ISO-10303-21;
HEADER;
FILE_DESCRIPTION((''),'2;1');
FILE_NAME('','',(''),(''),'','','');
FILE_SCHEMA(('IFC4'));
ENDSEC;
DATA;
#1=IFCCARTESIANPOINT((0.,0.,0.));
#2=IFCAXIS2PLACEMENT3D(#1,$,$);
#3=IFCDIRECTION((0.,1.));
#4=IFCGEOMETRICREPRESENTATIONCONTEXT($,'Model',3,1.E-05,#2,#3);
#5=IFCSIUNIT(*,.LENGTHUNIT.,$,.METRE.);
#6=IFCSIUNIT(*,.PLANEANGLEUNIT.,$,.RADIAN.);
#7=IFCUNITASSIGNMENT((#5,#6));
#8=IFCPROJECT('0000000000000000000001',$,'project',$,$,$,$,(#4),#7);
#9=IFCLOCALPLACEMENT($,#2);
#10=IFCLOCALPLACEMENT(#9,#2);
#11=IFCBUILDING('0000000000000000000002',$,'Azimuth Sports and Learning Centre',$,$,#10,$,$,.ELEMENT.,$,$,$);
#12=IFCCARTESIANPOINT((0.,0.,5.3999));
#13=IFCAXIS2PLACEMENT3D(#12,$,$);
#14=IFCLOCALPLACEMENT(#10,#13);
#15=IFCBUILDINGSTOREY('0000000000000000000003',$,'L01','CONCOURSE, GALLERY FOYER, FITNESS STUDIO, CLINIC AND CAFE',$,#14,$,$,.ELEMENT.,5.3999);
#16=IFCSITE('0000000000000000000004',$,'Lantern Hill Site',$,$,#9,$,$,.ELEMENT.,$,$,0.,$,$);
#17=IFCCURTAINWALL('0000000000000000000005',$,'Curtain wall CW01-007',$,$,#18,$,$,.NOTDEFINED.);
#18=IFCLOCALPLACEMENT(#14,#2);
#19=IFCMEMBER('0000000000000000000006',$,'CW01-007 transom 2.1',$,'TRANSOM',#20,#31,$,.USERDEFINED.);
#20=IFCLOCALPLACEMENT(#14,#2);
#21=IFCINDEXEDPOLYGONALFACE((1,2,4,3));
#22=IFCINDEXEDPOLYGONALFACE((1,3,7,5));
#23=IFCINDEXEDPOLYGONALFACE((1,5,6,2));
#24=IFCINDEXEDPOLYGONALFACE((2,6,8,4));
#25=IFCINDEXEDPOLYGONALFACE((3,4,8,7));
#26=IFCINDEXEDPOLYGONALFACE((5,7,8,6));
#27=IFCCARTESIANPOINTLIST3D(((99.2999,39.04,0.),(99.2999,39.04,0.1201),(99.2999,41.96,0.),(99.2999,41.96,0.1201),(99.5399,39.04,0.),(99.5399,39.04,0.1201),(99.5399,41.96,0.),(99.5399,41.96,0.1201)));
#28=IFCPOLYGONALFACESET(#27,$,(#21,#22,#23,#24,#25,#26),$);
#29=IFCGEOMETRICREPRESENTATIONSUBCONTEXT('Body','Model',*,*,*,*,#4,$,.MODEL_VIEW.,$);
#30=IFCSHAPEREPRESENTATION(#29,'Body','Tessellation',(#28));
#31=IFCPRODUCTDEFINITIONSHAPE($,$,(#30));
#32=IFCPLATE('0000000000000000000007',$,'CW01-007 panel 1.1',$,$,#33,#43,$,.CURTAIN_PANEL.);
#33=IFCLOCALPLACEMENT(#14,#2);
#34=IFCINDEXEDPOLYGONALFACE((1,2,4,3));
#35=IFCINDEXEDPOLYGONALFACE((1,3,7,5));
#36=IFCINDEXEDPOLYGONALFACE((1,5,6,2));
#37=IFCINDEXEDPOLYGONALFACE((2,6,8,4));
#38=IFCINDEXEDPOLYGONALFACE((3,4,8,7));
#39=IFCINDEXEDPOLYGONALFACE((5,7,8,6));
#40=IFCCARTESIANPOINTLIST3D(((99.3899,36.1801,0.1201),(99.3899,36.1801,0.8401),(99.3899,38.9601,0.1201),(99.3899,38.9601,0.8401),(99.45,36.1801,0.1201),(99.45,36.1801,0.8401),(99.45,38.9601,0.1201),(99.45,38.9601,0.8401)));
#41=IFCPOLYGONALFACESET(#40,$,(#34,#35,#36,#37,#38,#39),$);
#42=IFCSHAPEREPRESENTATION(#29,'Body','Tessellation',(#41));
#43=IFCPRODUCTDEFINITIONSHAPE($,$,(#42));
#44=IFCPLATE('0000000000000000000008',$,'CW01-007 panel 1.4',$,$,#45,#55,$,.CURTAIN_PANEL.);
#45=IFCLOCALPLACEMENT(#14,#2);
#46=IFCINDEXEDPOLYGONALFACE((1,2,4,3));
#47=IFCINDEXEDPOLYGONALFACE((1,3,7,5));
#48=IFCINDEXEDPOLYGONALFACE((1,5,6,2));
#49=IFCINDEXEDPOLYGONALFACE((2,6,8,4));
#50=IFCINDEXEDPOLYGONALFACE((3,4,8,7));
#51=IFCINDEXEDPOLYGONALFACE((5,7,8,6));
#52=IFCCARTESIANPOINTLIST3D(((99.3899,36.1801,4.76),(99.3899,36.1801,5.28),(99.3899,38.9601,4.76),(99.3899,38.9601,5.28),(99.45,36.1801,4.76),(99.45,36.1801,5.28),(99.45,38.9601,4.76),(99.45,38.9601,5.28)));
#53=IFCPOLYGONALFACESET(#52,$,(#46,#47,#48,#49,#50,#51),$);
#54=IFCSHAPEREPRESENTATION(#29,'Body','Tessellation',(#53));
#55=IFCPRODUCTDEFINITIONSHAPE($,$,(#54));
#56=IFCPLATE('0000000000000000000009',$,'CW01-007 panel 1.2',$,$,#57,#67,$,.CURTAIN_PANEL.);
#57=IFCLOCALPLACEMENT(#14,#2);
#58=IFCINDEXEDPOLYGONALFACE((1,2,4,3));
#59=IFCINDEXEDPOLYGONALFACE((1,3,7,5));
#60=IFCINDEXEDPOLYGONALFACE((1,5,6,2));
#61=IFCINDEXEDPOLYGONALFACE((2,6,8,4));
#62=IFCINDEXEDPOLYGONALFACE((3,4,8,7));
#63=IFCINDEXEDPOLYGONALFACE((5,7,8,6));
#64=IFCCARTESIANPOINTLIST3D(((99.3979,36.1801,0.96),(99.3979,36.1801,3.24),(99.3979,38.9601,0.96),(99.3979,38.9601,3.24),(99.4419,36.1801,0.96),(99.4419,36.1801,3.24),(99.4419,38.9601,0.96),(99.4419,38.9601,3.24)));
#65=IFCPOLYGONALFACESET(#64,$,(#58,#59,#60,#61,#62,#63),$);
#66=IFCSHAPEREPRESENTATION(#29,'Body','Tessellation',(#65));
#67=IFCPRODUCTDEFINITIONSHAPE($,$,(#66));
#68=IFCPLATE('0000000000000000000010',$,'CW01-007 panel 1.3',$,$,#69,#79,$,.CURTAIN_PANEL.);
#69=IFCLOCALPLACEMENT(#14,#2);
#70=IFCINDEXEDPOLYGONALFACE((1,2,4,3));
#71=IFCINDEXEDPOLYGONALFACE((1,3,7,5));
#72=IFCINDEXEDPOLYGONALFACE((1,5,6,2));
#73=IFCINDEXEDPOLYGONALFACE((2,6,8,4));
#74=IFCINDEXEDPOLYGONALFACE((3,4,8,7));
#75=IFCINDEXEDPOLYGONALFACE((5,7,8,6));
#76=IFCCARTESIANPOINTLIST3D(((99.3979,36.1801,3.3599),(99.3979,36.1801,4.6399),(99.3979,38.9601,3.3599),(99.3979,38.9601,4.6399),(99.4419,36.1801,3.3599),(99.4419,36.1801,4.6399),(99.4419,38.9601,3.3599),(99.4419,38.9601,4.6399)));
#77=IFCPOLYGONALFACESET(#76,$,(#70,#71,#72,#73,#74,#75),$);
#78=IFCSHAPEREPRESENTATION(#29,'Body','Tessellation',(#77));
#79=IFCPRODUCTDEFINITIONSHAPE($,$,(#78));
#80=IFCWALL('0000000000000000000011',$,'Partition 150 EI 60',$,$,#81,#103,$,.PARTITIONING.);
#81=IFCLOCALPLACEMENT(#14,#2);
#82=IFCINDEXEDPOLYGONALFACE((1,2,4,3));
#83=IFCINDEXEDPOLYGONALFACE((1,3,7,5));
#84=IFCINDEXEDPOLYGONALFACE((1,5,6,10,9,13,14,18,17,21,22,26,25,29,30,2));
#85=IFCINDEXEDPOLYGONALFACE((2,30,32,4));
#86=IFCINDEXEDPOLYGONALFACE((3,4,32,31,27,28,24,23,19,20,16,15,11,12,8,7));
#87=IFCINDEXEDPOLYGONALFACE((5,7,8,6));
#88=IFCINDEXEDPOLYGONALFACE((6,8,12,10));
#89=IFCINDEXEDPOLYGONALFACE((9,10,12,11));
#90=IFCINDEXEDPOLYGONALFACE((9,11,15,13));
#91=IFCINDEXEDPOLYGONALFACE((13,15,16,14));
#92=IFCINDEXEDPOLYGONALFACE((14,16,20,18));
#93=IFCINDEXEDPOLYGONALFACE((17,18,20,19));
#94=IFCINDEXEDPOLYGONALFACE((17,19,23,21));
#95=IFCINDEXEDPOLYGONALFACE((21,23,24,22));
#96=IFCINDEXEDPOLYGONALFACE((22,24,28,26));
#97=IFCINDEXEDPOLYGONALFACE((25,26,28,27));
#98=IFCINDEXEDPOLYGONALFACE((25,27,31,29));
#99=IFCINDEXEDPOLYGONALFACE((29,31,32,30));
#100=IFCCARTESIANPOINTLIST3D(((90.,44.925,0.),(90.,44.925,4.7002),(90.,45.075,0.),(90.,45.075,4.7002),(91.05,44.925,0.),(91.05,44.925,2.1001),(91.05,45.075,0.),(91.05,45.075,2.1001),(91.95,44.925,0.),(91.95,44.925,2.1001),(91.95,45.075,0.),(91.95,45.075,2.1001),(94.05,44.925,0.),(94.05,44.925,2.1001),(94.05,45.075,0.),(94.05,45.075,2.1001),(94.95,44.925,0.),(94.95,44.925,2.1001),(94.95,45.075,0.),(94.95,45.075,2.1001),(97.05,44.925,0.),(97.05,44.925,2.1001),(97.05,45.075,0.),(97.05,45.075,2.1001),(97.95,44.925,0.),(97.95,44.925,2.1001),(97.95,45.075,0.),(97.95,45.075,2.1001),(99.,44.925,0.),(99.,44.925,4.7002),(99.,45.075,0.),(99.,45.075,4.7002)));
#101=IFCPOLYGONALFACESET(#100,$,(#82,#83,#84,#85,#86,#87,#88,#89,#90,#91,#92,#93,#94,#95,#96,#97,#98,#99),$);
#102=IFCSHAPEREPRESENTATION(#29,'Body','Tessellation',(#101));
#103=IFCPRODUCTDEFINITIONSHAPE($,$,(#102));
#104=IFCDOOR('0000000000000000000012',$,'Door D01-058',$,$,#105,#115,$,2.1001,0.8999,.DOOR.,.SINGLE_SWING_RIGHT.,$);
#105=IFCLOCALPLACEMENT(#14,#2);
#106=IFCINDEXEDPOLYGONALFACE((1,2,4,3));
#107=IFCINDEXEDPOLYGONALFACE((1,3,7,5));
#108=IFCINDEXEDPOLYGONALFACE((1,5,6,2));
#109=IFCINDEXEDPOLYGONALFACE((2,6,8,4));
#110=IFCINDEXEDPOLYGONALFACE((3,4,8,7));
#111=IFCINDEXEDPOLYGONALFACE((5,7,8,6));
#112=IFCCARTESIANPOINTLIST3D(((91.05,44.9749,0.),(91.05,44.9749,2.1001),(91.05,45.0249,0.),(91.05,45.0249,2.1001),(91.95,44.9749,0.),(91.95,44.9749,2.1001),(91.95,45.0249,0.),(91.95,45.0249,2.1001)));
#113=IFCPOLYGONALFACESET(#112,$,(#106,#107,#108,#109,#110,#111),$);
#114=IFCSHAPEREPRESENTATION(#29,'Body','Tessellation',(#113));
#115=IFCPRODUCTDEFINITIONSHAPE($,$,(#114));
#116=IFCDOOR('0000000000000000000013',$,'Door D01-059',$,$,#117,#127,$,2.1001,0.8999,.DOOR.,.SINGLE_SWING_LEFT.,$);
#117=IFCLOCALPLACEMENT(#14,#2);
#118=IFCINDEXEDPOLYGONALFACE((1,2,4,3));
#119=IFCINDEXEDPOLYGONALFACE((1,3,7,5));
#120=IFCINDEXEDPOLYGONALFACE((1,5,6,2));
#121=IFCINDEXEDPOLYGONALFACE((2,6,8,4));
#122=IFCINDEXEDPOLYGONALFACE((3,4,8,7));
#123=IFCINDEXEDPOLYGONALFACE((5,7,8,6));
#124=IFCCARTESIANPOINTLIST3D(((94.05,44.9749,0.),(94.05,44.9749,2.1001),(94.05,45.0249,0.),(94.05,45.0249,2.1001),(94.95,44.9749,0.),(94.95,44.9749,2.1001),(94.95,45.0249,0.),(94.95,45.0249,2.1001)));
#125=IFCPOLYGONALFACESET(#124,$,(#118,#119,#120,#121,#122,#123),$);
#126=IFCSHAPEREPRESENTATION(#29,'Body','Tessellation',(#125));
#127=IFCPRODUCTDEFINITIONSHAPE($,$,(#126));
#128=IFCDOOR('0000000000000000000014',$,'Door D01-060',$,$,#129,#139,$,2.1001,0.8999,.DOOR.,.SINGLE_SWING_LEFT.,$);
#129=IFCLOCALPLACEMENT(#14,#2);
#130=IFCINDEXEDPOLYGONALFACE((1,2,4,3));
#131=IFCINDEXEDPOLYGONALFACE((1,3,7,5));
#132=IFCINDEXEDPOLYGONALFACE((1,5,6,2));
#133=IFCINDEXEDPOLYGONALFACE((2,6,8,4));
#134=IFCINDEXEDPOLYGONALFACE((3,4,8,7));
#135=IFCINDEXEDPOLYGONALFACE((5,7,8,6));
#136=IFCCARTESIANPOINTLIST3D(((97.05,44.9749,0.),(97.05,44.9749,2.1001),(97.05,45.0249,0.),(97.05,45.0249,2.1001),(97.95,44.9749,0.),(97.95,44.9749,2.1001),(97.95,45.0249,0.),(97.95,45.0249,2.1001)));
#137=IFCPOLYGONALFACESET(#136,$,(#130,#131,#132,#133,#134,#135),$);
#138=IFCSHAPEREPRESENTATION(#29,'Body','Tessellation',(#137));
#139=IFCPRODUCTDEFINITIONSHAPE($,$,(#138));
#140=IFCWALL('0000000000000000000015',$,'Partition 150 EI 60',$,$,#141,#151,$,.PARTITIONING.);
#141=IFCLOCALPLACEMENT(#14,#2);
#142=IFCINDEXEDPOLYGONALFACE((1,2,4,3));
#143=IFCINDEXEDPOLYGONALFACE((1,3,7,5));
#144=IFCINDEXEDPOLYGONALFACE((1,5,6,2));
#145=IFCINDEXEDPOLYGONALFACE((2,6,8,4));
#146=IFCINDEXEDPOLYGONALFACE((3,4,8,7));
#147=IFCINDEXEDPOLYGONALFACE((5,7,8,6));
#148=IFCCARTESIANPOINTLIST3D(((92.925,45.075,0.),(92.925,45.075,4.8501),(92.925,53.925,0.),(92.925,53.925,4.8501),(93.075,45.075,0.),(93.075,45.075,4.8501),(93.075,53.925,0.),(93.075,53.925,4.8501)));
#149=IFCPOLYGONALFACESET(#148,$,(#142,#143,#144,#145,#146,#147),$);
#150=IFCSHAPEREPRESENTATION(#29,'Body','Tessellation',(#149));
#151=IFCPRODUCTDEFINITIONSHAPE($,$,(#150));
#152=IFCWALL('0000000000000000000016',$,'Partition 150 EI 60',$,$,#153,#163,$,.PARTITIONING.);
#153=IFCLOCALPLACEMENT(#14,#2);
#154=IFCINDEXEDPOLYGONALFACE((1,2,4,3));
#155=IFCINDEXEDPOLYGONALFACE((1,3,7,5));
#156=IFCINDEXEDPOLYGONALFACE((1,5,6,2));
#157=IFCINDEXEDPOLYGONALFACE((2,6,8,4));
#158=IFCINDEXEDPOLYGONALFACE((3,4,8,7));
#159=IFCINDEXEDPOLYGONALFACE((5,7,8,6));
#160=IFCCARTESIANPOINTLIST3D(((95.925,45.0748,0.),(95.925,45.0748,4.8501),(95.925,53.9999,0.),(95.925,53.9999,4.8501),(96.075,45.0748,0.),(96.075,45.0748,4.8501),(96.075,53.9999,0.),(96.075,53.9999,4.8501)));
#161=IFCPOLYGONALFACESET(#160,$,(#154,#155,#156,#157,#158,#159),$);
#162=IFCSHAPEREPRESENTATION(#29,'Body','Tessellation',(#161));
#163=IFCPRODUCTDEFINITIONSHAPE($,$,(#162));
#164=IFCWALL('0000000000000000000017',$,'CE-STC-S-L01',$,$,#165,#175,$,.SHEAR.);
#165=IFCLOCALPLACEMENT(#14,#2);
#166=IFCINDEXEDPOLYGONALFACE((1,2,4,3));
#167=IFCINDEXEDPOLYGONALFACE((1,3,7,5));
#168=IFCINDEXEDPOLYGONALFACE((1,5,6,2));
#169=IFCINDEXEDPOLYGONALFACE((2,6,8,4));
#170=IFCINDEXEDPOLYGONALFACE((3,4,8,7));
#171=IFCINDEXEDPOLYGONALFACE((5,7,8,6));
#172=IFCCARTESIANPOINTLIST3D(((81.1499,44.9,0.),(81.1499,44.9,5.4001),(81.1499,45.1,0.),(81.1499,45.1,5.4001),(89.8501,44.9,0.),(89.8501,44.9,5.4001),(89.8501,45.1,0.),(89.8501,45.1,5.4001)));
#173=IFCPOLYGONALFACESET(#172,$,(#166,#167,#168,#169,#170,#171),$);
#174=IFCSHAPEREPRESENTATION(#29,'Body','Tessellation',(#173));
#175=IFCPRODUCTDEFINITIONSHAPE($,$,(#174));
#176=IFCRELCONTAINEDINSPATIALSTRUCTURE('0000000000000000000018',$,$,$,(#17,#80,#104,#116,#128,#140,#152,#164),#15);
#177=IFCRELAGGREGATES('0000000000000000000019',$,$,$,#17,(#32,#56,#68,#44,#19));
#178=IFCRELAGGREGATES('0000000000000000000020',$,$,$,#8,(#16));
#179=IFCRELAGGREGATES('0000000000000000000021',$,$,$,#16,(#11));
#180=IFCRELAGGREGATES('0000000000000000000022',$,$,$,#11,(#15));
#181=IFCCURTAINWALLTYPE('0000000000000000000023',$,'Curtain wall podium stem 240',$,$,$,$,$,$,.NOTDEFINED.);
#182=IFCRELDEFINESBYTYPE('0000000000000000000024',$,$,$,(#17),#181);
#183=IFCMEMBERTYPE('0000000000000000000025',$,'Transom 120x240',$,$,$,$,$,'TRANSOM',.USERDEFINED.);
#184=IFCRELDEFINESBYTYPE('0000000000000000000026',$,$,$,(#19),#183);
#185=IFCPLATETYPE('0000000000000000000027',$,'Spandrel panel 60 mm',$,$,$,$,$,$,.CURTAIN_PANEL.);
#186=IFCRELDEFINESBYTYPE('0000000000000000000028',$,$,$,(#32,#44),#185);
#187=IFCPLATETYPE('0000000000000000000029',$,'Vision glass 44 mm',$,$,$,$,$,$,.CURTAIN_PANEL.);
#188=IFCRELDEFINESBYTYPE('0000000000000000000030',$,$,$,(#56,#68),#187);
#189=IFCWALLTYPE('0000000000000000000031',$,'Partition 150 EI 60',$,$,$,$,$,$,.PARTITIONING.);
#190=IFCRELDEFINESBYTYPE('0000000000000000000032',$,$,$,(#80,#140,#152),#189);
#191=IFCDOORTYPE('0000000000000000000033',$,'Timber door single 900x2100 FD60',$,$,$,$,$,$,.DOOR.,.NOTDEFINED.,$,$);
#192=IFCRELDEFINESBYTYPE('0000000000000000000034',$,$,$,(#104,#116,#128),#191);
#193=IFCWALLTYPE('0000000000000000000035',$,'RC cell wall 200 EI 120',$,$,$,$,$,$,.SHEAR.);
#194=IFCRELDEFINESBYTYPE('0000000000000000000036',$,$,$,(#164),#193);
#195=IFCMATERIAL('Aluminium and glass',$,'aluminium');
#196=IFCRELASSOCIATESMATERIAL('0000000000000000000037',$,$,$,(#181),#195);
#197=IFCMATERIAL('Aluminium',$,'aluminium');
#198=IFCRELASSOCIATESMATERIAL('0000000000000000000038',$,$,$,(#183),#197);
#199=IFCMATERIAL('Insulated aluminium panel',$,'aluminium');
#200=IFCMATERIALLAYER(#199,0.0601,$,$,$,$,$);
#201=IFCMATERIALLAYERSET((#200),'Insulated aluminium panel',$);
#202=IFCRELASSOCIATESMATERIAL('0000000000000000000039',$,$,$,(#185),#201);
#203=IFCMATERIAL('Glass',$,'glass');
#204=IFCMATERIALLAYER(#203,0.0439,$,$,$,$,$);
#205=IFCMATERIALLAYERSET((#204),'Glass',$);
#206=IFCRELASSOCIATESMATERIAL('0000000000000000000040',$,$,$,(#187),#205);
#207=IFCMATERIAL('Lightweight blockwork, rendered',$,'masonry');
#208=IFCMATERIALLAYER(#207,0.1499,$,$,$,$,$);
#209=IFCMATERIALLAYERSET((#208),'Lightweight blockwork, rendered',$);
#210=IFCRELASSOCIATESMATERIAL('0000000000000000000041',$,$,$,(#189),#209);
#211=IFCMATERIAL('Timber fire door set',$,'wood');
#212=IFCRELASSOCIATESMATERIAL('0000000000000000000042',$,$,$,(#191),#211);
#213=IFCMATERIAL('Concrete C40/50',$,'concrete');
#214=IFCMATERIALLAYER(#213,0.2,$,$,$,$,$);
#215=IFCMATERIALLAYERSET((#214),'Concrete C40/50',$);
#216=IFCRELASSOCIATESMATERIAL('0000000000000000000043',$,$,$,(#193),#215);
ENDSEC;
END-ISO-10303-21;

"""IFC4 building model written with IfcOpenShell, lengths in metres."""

from ifc_helpers import new_model, si_unit, direction, frame, frame_2d, origin, origin_2d, place, context, subcontext, project, spatial, rectangle, extrude, material, layer, layer_set, material_profile, profile_set, type_object, element, fill, aggregate, save


model = new_model("IFC4")

# Units and contexts
model_context = context("Model", 3, precision=1e-05, world=origin(), true_north=direction((0.0, 1.0)))
body_context = subcontext(model_context, "Body", "Model", "MODEL_VIEW")
ifc_project = project(units=[si_unit("LENGTHUNIT", "METRE"), si_unit("PLANEANGLEUNIT", "RADIAN")], contexts=[model_context])

# Site, building, storey
site_placement = place(None, origin())
site = spatial("IfcSite", under=ifc_project, at=site_placement, Name="Lantern Hill Site", CompositionType="ELEMENT", RefElevation=0.0)
building_placement = place(site_placement, origin())
building = spatial("IfcBuilding", under=site, at=building_placement, Name="Azimuth Sports and Learning Centre", CompositionType="ELEMENT")
storey_placement = place(building_placement, frame((0.0, 0.0, 5.3999)))
storey = spatial("IfcBuildingStorey", under=building, at=storey_placement, Name="L01", Description="CONCOURSE, GALLERY FOYER, FITNESS STUDIO, CLINIC AND CAFE", CompositionType="ELEMENT", Elevation=5.3999)

# Curtain wall, member, plates
ifc_material_1 = material(Name="Aluminium and glass", Category="aluminium")
curtain_wall_type = type_object("IfcCurtainWallType", Name="Curtain wall podium stem 240", PredefinedType="NOTDEFINED", material=ifc_material_1)
curtain_wall_placement = place(storey_placement, origin())
curtain_wall = element("IfcCurtainWall", 1, at=curtain_wall_placement, inside=storey, type_object=curtain_wall_type, Name="Curtain wall CW01-007", PredefinedType="NOTDEFINED")
ifc_material_2 = material(Name="Aluminium", Category="aluminium")
ifc_material_profile_1 = material_profile(ifc_material_2, rectangle(XDim=0.24, YDim=0.1201, at=origin_2d()), Name="Transom 120x240")
ifc_profile_set_1 = profile_set([ifc_material_profile_1], Name="Aluminium")
member_type_1 = type_object("IfcMemberType", Name="Transom 120x240", ElementType="TRANSOM", PredefinedType="USERDEFINED", material=ifc_profile_set_1)
member_1_placement = place(storey_placement, frame((99.4199, 39.04, 0.0601), z_axis=(0.0, 1.0, 0.0), x_axis=(-1.0, 0.0, 0.0)))
member_1 = element("IfcMember", 2, at=member_1_placement, type_object=member_type_1, Name="CW01-007 transom 2.1", ObjectType="TRANSOM", PredefinedType="USERDEFINED", context=body_context, shape_type="SweptSolid", body=[
    extrude(rectangle(XDim=0.24, YDim=0.1201, at=origin_2d()), origin(), (0.0, 0.0, 1.0), 2.9199),
])
ifc_material_3 = material(Name="Insulated aluminium panel", Category="aluminium")
ifc_layer_1 = layer(ifc_material_3, 0.0601)
ifc_layer_set_1 = layer_set([ifc_layer_1], Name="Insulated aluminium panel")
plate_type_1 = type_object("IfcPlateType", Name="Spandrel panel 60 mm", PredefinedType="CURTAIN_PANEL", material=ifc_layer_set_1)
plate_1_placement = place(storey_placement, frame((99.4199, 37.5701, 0.1201), z_axis=(0.0, 0.0, 1.0), x_axis=(0.0, 1.0, 0.0)))
plate_1 = element("IfcPlate", 3, at=plate_1_placement, type_object=plate_type_1, Name="CW01-007 panel 1.1", PredefinedType="CURTAIN_PANEL", context=body_context, shape_type="SweptSolid", body=[
    extrude(rectangle(XDim=2.78, YDim=0.0601, at=origin_2d()), origin(), (0.0, 0.0, 1.0), 0.72),
])
plate_2_placement = place(storey_placement, frame((99.4199, 37.5701, 4.76), z_axis=(0.0, 0.0, 1.0), x_axis=(0.0, 1.0, 0.0)))
plate_2 = element("IfcPlate", 4, at=plate_2_placement, type_object=plate_type_1, Name="CW01-007 panel 1.4", PredefinedType="CURTAIN_PANEL", context=body_context, shape_type="SweptSolid", body=[
    extrude(rectangle(XDim=2.78, YDim=0.0601, at=origin_2d()), origin(), (0.0, 0.0, 1.0), 0.52),
])
ifc_material_4 = material(Name="Glass", Category="glass")
ifc_layer_2 = layer(ifc_material_4, 0.0439)
ifc_layer_set_2 = layer_set([ifc_layer_2], Name="Glass")
plate_type_2 = type_object("IfcPlateType", Name="Vision glass 44 mm", PredefinedType="CURTAIN_PANEL", material=ifc_layer_set_2)
plate_3_placement = place(storey_placement, frame((99.4199, 37.5701, 0.96), z_axis=(0.0, 0.0, 1.0), x_axis=(0.0, 1.0, 0.0)))
plate_3 = element("IfcPlate", 5, at=plate_3_placement, type_object=plate_type_2, Name="CW01-007 panel 1.2", PredefinedType="CURTAIN_PANEL", context=body_context, shape_type="SweptSolid", body=[
    extrude(rectangle(XDim=2.78, YDim=0.0439, at=origin_2d()), origin(), (0.0, 0.0, 1.0), 2.28),
])
plate_4_placement = place(storey_placement, frame((99.4199, 37.5701, 3.3599), z_axis=(0.0, 0.0, 1.0), x_axis=(0.0, 1.0, 0.0)))
plate_4 = element("IfcPlate", 6, at=plate_4_placement, type_object=plate_type_2, Name="CW01-007 panel 1.3", PredefinedType="CURTAIN_PANEL", context=body_context, shape_type="SweptSolid", body=[
    extrude(rectangle(XDim=2.78, YDim=0.0439, at=origin_2d()), origin(), (0.0, 0.0, 1.0), 1.28),
])
aggregate(curtain_wall, [plate_1, plate_3, plate_4, plate_2, member_1])

# Wall, openings, doors
ifc_material_5 = material(Name="Lightweight blockwork, rendered", Category="masonry")
ifc_layer_3 = layer(ifc_material_5, 0.1499)
ifc_layer_set_3 = layer_set([ifc_layer_3], Name="Lightweight blockwork, rendered")
wall_type_1 = type_object("IfcWallType", Name="Partition 150 EI 60", PredefinedType="PARTITIONING", material=ifc_layer_set_3)
wall_1_placement = place(storey_placement, frame((90.0, 45.0, 0.0), z_axis=(0.0, 0.0, 1.0), x_axis=(1.0, 0.0, 0.0)))
wall_1 = element("IfcWall", 7, at=wall_1_placement, inside=storey, type_object=wall_type_1, Name="Partition 150 EI 60", PredefinedType="PARTITIONING", context=body_context, shape_type="SweptSolid", body=[
    extrude(rectangle(XDim=9.0, YDim=0.1499, at=frame_2d((4.5, 0.0))), origin(), (0.0, 0.0, 1.0), 4.7002),
])
opening_1_placement = place(wall_1_placement, frame((1.05, 0.0, 0.0)))
opening_1 = element("IfcOpeningElement", 8, at=opening_1_placement, cuts=wall_1, PredefinedType="OPENING", context=body_context, shape_type="SweptSolid", body=[
    extrude(rectangle(XDim=0.8999, YDim=2.1001, at=frame_2d((0.45, 1.05))), frame((0.0, 0.0859, 0.0), z_axis=(0.0, -1.0, 0.0), x_axis=(1.0, 0.0, 0.0)), (0.0, 0.0, 1.0), 0.1719),
])
opening_2_placement = place(wall_1_placement, frame((4.05, 0.0, 0.0)))
opening_2 = element("IfcOpeningElement", 9, at=opening_2_placement, cuts=wall_1, PredefinedType="OPENING", context=body_context, shape_type="SweptSolid", body=[
    extrude(rectangle(XDim=0.8999, YDim=2.1001, at=frame_2d((0.45, 1.05))), frame((0.0, 0.0859, 0.0), z_axis=(0.0, -1.0, 0.0), x_axis=(1.0, 0.0, 0.0)), (0.0, 0.0, 1.0), 0.1719),
])
opening_3_placement = place(wall_1_placement, frame((7.05, 0.0, 0.0)))
opening_3 = element("IfcOpeningElement", 10, at=opening_3_placement, cuts=wall_1, PredefinedType="OPENING", context=body_context, shape_type="SweptSolid", body=[
    extrude(rectangle(XDim=0.8999, YDim=2.1001, at=frame_2d((0.45, 1.05))), frame((0.0, 0.0859, 0.0), z_axis=(0.0, -1.0, 0.0), x_axis=(1.0, 0.0, 0.0)), (0.0, 0.0, 1.0), 0.1719),
])
ifc_material_6 = material(Name="Timber fire door set", Category="wood")
door_type_1 = type_object("IfcDoorType", Name="Timber door single 900x2100 FD60", OperationType="NOTDEFINED", PredefinedType="DOOR", material=ifc_material_6)
door_1_placement = place(opening_1_placement, origin())
door_1 = element("IfcDoor", 11, at=door_1_placement, inside=storey, type_object=door_type_1, Name="Door D01-058", OperationType="SINGLE_SWING_RIGHT", OverallHeight=2.1001, OverallWidth=0.8999, PredefinedType="DOOR", context=body_context, shape_type="SweptSolid", body=[
    extrude(rectangle(XDim=0.8999, YDim=2.1001, at=frame_2d((0.45, 1.05))), frame((0.0, 0.0249, 0.0), z_axis=(0.0, -1.0, 0.0), x_axis=(1.0, 0.0, 0.0)), (0.0, 0.0, 1.0), 0.05),
])
fill(opening_1, door_1)
door_2_placement = place(opening_2_placement, origin())
door_2 = element("IfcDoor", 12, at=door_2_placement, inside=storey, type_object=door_type_1, Name="Door D01-059", OperationType="SINGLE_SWING_LEFT", OverallHeight=2.1001, OverallWidth=0.8999, PredefinedType="DOOR", context=body_context, shape_type="SweptSolid", body=[
    extrude(rectangle(XDim=0.8999, YDim=2.1001, at=frame_2d((0.45, 1.05))), frame((0.0, 0.0249, 0.0), z_axis=(0.0, -1.0, 0.0), x_axis=(1.0, 0.0, 0.0)), (0.0, 0.0, 1.0), 0.05),
])
fill(opening_2, door_2)
door_3_placement = place(opening_3_placement, origin())
door_3 = element("IfcDoor", 13, at=door_3_placement, inside=storey, type_object=door_type_1, Name="Door D01-060", OperationType="SINGLE_SWING_LEFT", OverallHeight=2.1001, OverallWidth=0.8999, PredefinedType="DOOR", context=body_context, shape_type="SweptSolid", body=[
    extrude(rectangle(XDim=0.8999, YDim=2.1001, at=frame_2d((0.45, 1.05))), frame((0.0, 0.0249, 0.0), z_axis=(0.0, -1.0, 0.0), x_axis=(1.0, 0.0, 0.0)), (0.0, 0.0, 1.0), 0.05),
])
fill(opening_3, door_3)

# Walls
wall_2_placement = place(storey_placement, frame((93.0, 45.075, 0.0), z_axis=(0.0, 0.0, 1.0), x_axis=(0.0, 1.0, 0.0)))
element("IfcWall", 14, at=wall_2_placement, inside=storey, type_object=wall_type_1, Name="Partition 150 EI 60", PredefinedType="PARTITIONING", context=body_context, shape_type="SweptSolid", body=[
    extrude(rectangle(XDim=8.8501, YDim=0.1499, at=frame_2d((4.425, 0.0))), origin(), (0.0, 0.0, 1.0), 4.8501),
])
wall_3_placement = place(storey_placement, frame((96.0, 45.075, 0.0), z_axis=(0.0, 0.0, 1.0), x_axis=(0.0, 1.0, 0.0)))
element("IfcWall", 15, at=wall_3_placement, inside=storey, type_object=wall_type_1, Name="Partition 150 EI 60", PredefinedType="PARTITIONING", context=body_context, shape_type="SweptSolid", body=[
    extrude(rectangle(XDim=8.925, YDim=0.1499, at=frame_2d((4.4624, 0.0))), origin(), (0.0, 0.0, 1.0), 4.8501),
])
ifc_material_7 = material(Name="Concrete C40/50", Category="concrete")
ifc_layer_4 = layer(ifc_material_7, 0.2)
ifc_layer_set_4 = layer_set([ifc_layer_4], Name="Concrete C40/50")
wall_type_2 = type_object("IfcWallType", Name="RC cell wall 200 EI 120", PredefinedType="SHEAR", material=ifc_layer_set_4)
wall_4_placement = place(storey_placement, frame((81.1499, 45.0, 0.0), z_axis=(0.0, 0.0, 1.0), x_axis=(1.0, 0.0, 0.0)))
element("IfcWall", 16, at=wall_4_placement, inside=storey, type_object=wall_type_2, Name="CE-STC-S-L01", PredefinedType="SHEAR", context=body_context, shape_type="SweptSolid", body=[
    extrude(rectangle(XDim=8.7002, YDim=0.2, at=frame_2d((4.3501, 0.0))), origin(), (0.0, 0.0, 1.0), 5.4001),
])

save(model, "model.ifc")
